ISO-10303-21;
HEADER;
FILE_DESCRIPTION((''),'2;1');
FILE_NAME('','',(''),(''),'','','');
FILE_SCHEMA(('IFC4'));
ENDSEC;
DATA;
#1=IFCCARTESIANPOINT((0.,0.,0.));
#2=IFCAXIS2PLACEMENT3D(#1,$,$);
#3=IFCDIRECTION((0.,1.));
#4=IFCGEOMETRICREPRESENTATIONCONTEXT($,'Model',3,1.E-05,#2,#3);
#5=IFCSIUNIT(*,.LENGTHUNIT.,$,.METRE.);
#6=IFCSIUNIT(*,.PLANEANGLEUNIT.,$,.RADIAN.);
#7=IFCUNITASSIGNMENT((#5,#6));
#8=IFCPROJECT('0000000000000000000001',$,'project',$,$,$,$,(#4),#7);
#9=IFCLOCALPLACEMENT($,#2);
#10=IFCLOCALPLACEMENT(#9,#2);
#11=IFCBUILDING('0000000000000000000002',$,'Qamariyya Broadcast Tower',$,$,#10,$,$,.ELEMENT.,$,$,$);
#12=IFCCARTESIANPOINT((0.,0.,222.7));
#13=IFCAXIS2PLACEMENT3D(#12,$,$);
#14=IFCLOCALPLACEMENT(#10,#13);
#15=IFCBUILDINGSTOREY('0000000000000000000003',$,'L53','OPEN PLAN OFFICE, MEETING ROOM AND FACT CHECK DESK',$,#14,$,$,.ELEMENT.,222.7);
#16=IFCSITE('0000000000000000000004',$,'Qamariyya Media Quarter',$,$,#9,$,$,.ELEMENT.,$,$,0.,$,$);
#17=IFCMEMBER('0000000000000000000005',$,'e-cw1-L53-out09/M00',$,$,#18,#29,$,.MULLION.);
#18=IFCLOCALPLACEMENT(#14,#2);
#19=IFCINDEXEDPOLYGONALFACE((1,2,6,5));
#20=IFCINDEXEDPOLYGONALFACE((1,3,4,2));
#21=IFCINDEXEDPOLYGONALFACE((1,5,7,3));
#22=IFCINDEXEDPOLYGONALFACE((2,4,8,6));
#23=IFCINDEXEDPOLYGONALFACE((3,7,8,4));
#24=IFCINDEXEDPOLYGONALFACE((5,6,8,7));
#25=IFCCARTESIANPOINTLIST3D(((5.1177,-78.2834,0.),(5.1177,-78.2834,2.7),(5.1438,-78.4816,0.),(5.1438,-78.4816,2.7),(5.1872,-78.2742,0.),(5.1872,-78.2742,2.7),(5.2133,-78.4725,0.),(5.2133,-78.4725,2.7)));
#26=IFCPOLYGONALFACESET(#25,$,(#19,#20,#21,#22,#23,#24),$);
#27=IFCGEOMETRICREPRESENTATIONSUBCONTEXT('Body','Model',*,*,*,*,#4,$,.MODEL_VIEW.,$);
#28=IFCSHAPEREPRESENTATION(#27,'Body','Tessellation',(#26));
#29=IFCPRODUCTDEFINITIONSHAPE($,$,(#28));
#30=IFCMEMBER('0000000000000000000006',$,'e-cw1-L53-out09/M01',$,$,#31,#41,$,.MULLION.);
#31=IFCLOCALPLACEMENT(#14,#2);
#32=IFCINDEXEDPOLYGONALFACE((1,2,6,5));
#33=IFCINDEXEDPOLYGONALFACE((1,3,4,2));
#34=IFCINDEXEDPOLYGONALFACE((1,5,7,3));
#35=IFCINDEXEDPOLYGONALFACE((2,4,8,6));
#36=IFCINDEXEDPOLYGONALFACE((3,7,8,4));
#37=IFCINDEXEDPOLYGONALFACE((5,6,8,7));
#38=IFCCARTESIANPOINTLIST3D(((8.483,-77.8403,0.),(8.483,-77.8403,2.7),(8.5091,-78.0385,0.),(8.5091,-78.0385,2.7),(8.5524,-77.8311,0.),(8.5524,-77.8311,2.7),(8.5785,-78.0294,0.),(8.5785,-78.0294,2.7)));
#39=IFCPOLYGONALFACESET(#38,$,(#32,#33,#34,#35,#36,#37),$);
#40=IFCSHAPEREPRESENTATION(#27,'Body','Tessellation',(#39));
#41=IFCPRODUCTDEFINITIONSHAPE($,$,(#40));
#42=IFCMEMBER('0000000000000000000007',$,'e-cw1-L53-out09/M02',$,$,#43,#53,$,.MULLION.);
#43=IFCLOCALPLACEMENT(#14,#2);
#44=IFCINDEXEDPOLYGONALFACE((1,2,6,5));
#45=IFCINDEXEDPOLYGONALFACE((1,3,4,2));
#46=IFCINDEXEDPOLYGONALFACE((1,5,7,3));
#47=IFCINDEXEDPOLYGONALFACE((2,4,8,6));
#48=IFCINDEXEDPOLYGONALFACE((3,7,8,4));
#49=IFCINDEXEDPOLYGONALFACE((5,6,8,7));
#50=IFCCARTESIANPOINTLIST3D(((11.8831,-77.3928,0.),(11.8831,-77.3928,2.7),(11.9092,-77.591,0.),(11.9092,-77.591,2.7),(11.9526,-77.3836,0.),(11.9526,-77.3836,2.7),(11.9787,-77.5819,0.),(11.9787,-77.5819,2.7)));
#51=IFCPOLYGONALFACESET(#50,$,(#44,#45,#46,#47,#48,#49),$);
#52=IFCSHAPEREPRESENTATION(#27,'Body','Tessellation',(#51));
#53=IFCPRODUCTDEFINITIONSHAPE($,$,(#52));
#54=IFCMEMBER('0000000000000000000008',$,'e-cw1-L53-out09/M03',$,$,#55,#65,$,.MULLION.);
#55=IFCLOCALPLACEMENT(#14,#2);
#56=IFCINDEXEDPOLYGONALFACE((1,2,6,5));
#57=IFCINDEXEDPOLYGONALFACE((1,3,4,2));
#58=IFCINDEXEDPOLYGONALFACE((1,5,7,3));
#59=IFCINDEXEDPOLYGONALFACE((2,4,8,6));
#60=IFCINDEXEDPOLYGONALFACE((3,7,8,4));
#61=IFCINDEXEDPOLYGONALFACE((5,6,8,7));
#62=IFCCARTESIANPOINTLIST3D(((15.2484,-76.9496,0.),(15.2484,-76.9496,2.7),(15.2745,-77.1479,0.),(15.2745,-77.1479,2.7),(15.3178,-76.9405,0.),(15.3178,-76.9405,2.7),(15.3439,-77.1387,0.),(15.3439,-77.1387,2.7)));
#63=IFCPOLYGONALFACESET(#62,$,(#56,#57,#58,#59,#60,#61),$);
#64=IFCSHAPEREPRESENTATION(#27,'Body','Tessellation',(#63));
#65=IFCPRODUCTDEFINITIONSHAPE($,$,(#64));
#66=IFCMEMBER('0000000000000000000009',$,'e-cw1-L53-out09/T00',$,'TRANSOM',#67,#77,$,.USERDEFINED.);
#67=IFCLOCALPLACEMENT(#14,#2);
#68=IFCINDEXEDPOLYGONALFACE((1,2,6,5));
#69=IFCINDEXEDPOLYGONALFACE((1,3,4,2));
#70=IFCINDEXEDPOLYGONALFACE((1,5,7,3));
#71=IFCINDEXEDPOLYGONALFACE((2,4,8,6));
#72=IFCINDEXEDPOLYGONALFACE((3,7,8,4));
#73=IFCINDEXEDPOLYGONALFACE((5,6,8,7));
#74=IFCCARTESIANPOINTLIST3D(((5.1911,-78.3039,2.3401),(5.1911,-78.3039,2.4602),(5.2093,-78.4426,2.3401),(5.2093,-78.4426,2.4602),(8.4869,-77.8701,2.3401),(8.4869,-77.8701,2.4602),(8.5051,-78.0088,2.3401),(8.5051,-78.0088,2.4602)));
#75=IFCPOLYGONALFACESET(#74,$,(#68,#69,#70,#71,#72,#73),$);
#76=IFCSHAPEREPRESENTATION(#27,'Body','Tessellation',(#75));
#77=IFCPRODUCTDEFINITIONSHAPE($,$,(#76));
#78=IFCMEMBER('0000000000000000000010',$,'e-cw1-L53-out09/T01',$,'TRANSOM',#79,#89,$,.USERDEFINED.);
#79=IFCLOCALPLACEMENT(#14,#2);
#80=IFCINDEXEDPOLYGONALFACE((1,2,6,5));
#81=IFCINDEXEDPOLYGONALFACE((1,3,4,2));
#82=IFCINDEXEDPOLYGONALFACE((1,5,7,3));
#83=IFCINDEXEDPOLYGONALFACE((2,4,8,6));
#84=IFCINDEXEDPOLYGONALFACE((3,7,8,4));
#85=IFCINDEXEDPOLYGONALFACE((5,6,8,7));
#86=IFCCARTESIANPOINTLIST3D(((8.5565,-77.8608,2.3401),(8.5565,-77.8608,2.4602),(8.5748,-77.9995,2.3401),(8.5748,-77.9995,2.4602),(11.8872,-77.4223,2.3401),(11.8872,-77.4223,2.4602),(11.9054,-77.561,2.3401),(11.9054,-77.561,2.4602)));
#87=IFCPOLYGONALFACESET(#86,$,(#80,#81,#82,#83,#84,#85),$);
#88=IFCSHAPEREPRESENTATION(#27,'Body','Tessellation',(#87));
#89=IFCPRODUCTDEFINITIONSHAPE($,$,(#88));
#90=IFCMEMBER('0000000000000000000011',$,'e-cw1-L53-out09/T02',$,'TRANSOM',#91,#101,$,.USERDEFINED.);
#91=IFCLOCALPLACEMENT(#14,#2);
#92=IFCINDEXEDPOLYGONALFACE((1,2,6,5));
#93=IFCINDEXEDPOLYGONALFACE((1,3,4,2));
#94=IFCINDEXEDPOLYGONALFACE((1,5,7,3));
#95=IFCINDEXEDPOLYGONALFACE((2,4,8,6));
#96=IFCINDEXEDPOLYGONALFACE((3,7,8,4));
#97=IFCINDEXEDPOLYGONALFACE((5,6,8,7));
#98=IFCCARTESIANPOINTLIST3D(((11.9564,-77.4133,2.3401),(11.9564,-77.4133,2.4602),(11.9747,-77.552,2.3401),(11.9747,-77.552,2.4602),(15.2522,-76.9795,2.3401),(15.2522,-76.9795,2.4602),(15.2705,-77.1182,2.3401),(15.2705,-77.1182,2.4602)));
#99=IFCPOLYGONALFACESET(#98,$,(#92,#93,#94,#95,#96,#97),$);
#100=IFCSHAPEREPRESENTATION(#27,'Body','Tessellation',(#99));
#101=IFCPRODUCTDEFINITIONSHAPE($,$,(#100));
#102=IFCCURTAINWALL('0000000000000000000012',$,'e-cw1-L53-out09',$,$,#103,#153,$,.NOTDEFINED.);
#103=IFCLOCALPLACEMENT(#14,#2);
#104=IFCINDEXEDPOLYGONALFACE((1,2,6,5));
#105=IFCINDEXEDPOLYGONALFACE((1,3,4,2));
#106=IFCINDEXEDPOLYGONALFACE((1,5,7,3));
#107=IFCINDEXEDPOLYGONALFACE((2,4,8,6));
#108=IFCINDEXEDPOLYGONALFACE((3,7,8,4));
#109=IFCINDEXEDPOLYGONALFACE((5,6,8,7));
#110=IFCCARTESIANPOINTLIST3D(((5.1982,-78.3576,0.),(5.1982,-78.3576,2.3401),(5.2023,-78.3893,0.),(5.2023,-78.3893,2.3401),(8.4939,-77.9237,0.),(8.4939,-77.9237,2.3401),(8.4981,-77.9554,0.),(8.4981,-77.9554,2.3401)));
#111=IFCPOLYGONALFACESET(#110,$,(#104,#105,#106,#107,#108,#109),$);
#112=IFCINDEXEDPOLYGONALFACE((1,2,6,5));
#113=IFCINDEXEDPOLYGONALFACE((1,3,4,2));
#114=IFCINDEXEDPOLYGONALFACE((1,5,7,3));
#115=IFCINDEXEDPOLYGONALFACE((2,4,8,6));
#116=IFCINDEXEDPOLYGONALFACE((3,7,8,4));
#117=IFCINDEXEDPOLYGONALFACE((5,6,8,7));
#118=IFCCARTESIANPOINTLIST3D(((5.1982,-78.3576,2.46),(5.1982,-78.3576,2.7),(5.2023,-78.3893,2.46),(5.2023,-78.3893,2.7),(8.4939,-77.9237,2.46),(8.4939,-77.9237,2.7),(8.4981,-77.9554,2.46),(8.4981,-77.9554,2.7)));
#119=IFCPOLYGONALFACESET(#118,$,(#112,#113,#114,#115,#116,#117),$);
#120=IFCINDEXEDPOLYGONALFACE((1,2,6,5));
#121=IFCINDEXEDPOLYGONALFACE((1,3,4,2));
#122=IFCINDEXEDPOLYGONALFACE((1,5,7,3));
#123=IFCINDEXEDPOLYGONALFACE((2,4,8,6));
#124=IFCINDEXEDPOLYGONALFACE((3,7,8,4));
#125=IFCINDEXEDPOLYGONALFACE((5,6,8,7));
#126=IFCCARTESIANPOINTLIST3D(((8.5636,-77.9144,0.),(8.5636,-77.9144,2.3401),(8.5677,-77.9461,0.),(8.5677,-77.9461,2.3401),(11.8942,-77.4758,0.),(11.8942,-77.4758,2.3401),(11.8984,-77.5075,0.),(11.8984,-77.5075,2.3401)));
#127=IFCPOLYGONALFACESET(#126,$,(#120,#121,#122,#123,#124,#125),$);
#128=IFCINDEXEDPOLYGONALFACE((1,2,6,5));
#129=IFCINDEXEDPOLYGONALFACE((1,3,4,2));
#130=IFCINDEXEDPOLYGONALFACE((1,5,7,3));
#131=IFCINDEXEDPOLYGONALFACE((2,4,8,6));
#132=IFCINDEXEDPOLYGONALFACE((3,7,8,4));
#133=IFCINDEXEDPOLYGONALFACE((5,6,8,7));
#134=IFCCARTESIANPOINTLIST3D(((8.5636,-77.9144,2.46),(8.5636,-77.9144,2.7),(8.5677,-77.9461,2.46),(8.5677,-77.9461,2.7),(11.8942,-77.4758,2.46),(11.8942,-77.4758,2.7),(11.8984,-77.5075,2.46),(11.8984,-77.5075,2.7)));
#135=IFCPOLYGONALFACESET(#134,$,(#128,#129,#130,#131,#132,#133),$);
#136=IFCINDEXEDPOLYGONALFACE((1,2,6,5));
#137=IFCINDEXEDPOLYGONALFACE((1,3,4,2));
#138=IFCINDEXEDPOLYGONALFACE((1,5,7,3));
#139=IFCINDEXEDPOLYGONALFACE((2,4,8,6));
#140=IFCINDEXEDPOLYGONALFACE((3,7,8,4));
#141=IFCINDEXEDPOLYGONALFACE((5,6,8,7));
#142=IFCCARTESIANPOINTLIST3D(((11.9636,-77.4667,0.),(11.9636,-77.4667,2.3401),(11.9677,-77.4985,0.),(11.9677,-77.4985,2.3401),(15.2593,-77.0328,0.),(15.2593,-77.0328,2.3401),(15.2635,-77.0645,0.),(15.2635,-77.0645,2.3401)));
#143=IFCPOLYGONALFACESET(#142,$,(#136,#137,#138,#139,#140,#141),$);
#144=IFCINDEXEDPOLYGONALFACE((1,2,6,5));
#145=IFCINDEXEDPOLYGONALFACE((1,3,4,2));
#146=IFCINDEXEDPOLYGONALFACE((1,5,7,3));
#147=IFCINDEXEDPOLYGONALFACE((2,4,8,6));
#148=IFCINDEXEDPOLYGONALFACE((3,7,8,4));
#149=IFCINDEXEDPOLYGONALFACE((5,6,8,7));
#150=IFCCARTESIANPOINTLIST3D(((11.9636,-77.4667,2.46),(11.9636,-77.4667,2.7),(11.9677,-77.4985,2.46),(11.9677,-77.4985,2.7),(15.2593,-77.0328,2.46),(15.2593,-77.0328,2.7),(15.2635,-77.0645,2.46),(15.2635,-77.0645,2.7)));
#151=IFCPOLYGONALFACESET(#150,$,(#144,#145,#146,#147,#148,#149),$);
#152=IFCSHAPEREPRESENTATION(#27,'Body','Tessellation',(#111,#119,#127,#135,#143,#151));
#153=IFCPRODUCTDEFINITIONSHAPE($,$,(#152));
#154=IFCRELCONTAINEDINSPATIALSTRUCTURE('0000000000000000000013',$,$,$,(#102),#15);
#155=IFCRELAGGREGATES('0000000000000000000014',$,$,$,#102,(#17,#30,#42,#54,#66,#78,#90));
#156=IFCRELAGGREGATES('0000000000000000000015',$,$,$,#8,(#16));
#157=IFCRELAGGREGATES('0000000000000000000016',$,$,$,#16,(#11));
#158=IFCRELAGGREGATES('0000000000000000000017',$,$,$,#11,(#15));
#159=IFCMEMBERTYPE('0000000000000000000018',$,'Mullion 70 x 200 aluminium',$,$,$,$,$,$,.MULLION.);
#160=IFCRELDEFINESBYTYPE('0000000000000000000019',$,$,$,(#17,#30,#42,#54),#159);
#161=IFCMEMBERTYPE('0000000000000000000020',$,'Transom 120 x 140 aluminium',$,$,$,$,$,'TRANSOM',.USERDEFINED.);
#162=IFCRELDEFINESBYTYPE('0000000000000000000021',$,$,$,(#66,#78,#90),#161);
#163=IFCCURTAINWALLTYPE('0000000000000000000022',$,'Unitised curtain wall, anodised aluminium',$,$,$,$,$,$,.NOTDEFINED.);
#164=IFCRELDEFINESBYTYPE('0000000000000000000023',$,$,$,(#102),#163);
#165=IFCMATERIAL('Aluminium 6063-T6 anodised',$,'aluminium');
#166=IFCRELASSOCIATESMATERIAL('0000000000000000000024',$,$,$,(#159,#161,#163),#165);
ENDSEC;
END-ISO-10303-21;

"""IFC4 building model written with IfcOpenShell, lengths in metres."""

from ifc_helpers import new_model, si_unit, direction, frame, origin, origin_2d, place, context, subcontext, project, spatial, rectangle, extrude, material, material_profile, profile_set, type_object, element, aggregate, save


model = new_model("IFC4")

# Units and contexts
model_context = context("Model", 3, precision=1e-05, world=origin(), true_north=direction((0.0, 1.0)))
body_context = subcontext(model_context, "Body", "Model", "MODEL_VIEW")
ifc_project = project(units=[si_unit("LENGTHUNIT", "METRE"), si_unit("PLANEANGLEUNIT", "RADIAN")], contexts=[model_context])

# Members
ifc_material = material(Name="Aluminium 6063-T6 anodised", Category="aluminium")
ifc_material_profile_1 = material_profile(ifc_material, rectangle(XDim=0.2, YDim=0.0701, at=origin_2d()))
ifc_profile_set_1 = profile_set([ifc_material_profile_1], Name="Aluminium 6063-T6 anodised")
member_type_1 = type_object("IfcMemberType", Name="Mullion 70 x 200 aluminium", PredefinedType="MULLION", material=ifc_profile_set_1)
site_placement = place(None, origin())
building_placement = place(site_placement, origin())
storey_placement = place(building_placement, frame((0.0, 0.0, 222.7)))
member_1_placement = place(storey_placement, frame((5.1655, -78.3779, 0.0), z_axis=(0.0, 0.0, 1.0), x_axis=(-0.130526, 0.991445, 0.0)))
member_1 = element("IfcMember", 1, at=member_1_placement, type_object=member_type_1, Name="e-cw1-L53-out09/M00", PredefinedType="MULLION", context=body_context, shape_type="SweptSolid", body=[
    extrude(rectangle(XDim=0.2, YDim=0.0701, at=origin_2d()), origin(), (0.0, 0.0, 1.0), 2.7),
])
member_2_placement = place(storey_placement, frame((8.5308, -77.9348, 0.0), z_axis=(0.0, 0.0, 1.0), x_axis=(-0.130526, 0.991445, 0.0)))
member_2 = element("IfcMember", 2, at=member_2_placement, type_object=member_type_1, Name="e-cw1-L53-out09/M01", PredefinedType="MULLION", context=body_context, shape_type="SweptSolid", body=[
    extrude(rectangle(XDim=0.2, YDim=0.0701, at=origin_2d()), origin(), (0.0, 0.0, 1.0), 2.7),
])
member_3_placement = place(storey_placement, frame((11.9309, -77.4873, 0.0), z_axis=(0.0, 0.0, 1.0), x_axis=(-0.130526, 0.991445, 0.0)))
member_3 = element("IfcMember", 3, at=member_3_placement, type_object=member_type_1, Name="e-cw1-L53-out09/M02", PredefinedType="MULLION", context=body_context, shape_type="SweptSolid", body=[
    extrude(rectangle(XDim=0.2, YDim=0.0701, at=origin_2d()), origin(), (0.0, 0.0, 1.0), 2.7),
])
member_4_placement = place(storey_placement, frame((15.2961, -77.0442, 0.0), z_axis=(0.0, 0.0, 1.0), x_axis=(-0.130526, 0.991445, 0.0)))
member_4 = element("IfcMember", 4, at=member_4_placement, type_object=member_type_1, Name="e-cw1-L53-out09/M03", PredefinedType="MULLION", context=body_context, shape_type="SweptSolid", body=[
    extrude(rectangle(XDim=0.2, YDim=0.0701, at=origin_2d()), origin(), (0.0, 0.0, 1.0), 2.7),
])
ifc_material_profile_2 = material_profile(ifc_material, rectangle(XDim=0.1399, YDim=0.1201, at=origin_2d()))
ifc_profile_set_2 = profile_set([ifc_material_profile_2], Name="Aluminium 6063-T6 anodised")
member_type_2 = type_object("IfcMemberType", Name="Transom 120 x 140 aluminium", ElementType="TRANSOM", PredefinedType="USERDEFINED", material=ifc_profile_set_2)
member_5_placement = place(storey_placement, frame((5.2002, -78.3733, 2.4001), z_axis=(0.991448, 0.130504, 0.0), x_axis=(-0.130504, 0.991448, 0.0)))
member_5 = element("IfcMember", 5, at=member_5_placement, type_object=member_type_2, Name="e-cw1-L53-out09/T00", ObjectType="TRANSOM", PredefinedType="USERDEFINED", context=body_context, shape_type="SweptSolid", body=[
    extrude(rectangle(XDim=0.1399, YDim=0.1201, at=origin_2d()), origin(), (0.0, 0.0, 1.0), 3.3242),
])
member_6_placement = place(storey_placement, frame((8.5657, -77.9302, 2.4001), z_axis=(0.991445, 0.130526, 0.0), x_axis=(-0.130526, 0.991445, 0.0)))
member_6 = element("IfcMember", 6, at=member_6_placement, type_object=member_type_2, Name="e-cw1-L53-out09/T01", ObjectType="TRANSOM", PredefinedType="USERDEFINED", context=body_context, shape_type="SweptSolid", body=[
    extrude(rectangle(XDim=0.1399, YDim=0.1201, at=origin_2d()), origin(), (0.0, 0.0, 1.0), 3.3594),
])
member_7_placement = place(storey_placement, frame((11.9656, -77.4827, 2.4001), z_axis=(0.991448, 0.130504, 0.0), x_axis=(-0.130504, 0.991448, 0.0)))
member_7 = element("IfcMember", 7, at=member_7_placement, type_object=member_type_2, Name="e-cw1-L53-out09/T02", ObjectType="TRANSOM", PredefinedType="USERDEFINED", context=body_context, shape_type="SweptSolid", body=[
    extrude(rectangle(XDim=0.1399, YDim=0.1201, at=origin_2d()), origin(), (0.0, 0.0, 1.0), 3.3242),
])

# Site, building, storey
site = spatial("IfcSite", under=ifc_project, at=site_placement, Name="Qamariyya Media Quarter", CompositionType="ELEMENT", RefElevation=0.0)
building = spatial("IfcBuilding", under=site, at=building_placement, Name="Qamariyya Broadcast Tower", CompositionType="ELEMENT")
storey = spatial("IfcBuildingStorey", under=building, at=storey_placement, Name="L53", Description="OPEN PLAN OFFICE, MEETING ROOM AND FACT CHECK DESK", CompositionType="ELEMENT", Elevation=222.7)

# Curtain wall
curtain_wall_type = type_object("IfcCurtainWallType", Name="Unitised curtain wall, anodised aluminium", PredefinedType="NOTDEFINED", material=ifc_material)
curtain_wall_1_placement = place(storey_placement, origin())
curtain_wall_1 = element("IfcCurtainWall", 8, at=curtain_wall_1_placement, inside=storey, type_object=curtain_wall_type, Name="e-cw1-L53-out09", PredefinedType="NOTDEFINED", context=body_context, shape_type="SweptSolid", body=[
    extrude(rectangle(XDim=3.3242, YDim=0.032, at=origin_2d()), frame((6.8481, -78.1565, 0.0), x_axis=(0.991443, 0.130542, 0.0)), (0.0, 0.0, 1.0), 2.3401),
    extrude(rectangle(XDim=3.3242, YDim=0.032, at=origin_2d()), frame((6.8481, -78.1565, 2.46), x_axis=(0.991443, 0.130542, 0.0)), (0.0, 0.0, 1.0), 0.24),
    extrude(rectangle(XDim=3.3594, YDim=0.032, at=origin_2d()), frame((10.231, -77.7109, 0.0), x_axis=(0.991443, 0.130542, 0.0)), (0.0, 0.0, 1.0), 2.3401),
    extrude(rectangle(XDim=3.3594, YDim=0.032, at=origin_2d()), frame((10.231, -77.7109, 2.46), x_axis=(0.991443, 0.130542, 0.0)), (0.0, 0.0, 1.0), 0.24),
    extrude(rectangle(XDim=3.3242, YDim=0.032, at=origin_2d()), frame((13.6135, -77.2656, 0.0), x_axis=(0.991443, 0.130542, 0.0)), (0.0, 0.0, 1.0), 2.3401),
    extrude(rectangle(XDim=3.3242, YDim=0.032, at=origin_2d()), frame((13.6135, -77.2656, 2.46), x_axis=(0.991443, 0.130542, 0.0)), (0.0, 0.0, 1.0), 0.24),
])
aggregate(curtain_wall_1, [member_1, member_2, member_3, member_4, member_5, member_6, member_7])

save(model, "model.ifc")
